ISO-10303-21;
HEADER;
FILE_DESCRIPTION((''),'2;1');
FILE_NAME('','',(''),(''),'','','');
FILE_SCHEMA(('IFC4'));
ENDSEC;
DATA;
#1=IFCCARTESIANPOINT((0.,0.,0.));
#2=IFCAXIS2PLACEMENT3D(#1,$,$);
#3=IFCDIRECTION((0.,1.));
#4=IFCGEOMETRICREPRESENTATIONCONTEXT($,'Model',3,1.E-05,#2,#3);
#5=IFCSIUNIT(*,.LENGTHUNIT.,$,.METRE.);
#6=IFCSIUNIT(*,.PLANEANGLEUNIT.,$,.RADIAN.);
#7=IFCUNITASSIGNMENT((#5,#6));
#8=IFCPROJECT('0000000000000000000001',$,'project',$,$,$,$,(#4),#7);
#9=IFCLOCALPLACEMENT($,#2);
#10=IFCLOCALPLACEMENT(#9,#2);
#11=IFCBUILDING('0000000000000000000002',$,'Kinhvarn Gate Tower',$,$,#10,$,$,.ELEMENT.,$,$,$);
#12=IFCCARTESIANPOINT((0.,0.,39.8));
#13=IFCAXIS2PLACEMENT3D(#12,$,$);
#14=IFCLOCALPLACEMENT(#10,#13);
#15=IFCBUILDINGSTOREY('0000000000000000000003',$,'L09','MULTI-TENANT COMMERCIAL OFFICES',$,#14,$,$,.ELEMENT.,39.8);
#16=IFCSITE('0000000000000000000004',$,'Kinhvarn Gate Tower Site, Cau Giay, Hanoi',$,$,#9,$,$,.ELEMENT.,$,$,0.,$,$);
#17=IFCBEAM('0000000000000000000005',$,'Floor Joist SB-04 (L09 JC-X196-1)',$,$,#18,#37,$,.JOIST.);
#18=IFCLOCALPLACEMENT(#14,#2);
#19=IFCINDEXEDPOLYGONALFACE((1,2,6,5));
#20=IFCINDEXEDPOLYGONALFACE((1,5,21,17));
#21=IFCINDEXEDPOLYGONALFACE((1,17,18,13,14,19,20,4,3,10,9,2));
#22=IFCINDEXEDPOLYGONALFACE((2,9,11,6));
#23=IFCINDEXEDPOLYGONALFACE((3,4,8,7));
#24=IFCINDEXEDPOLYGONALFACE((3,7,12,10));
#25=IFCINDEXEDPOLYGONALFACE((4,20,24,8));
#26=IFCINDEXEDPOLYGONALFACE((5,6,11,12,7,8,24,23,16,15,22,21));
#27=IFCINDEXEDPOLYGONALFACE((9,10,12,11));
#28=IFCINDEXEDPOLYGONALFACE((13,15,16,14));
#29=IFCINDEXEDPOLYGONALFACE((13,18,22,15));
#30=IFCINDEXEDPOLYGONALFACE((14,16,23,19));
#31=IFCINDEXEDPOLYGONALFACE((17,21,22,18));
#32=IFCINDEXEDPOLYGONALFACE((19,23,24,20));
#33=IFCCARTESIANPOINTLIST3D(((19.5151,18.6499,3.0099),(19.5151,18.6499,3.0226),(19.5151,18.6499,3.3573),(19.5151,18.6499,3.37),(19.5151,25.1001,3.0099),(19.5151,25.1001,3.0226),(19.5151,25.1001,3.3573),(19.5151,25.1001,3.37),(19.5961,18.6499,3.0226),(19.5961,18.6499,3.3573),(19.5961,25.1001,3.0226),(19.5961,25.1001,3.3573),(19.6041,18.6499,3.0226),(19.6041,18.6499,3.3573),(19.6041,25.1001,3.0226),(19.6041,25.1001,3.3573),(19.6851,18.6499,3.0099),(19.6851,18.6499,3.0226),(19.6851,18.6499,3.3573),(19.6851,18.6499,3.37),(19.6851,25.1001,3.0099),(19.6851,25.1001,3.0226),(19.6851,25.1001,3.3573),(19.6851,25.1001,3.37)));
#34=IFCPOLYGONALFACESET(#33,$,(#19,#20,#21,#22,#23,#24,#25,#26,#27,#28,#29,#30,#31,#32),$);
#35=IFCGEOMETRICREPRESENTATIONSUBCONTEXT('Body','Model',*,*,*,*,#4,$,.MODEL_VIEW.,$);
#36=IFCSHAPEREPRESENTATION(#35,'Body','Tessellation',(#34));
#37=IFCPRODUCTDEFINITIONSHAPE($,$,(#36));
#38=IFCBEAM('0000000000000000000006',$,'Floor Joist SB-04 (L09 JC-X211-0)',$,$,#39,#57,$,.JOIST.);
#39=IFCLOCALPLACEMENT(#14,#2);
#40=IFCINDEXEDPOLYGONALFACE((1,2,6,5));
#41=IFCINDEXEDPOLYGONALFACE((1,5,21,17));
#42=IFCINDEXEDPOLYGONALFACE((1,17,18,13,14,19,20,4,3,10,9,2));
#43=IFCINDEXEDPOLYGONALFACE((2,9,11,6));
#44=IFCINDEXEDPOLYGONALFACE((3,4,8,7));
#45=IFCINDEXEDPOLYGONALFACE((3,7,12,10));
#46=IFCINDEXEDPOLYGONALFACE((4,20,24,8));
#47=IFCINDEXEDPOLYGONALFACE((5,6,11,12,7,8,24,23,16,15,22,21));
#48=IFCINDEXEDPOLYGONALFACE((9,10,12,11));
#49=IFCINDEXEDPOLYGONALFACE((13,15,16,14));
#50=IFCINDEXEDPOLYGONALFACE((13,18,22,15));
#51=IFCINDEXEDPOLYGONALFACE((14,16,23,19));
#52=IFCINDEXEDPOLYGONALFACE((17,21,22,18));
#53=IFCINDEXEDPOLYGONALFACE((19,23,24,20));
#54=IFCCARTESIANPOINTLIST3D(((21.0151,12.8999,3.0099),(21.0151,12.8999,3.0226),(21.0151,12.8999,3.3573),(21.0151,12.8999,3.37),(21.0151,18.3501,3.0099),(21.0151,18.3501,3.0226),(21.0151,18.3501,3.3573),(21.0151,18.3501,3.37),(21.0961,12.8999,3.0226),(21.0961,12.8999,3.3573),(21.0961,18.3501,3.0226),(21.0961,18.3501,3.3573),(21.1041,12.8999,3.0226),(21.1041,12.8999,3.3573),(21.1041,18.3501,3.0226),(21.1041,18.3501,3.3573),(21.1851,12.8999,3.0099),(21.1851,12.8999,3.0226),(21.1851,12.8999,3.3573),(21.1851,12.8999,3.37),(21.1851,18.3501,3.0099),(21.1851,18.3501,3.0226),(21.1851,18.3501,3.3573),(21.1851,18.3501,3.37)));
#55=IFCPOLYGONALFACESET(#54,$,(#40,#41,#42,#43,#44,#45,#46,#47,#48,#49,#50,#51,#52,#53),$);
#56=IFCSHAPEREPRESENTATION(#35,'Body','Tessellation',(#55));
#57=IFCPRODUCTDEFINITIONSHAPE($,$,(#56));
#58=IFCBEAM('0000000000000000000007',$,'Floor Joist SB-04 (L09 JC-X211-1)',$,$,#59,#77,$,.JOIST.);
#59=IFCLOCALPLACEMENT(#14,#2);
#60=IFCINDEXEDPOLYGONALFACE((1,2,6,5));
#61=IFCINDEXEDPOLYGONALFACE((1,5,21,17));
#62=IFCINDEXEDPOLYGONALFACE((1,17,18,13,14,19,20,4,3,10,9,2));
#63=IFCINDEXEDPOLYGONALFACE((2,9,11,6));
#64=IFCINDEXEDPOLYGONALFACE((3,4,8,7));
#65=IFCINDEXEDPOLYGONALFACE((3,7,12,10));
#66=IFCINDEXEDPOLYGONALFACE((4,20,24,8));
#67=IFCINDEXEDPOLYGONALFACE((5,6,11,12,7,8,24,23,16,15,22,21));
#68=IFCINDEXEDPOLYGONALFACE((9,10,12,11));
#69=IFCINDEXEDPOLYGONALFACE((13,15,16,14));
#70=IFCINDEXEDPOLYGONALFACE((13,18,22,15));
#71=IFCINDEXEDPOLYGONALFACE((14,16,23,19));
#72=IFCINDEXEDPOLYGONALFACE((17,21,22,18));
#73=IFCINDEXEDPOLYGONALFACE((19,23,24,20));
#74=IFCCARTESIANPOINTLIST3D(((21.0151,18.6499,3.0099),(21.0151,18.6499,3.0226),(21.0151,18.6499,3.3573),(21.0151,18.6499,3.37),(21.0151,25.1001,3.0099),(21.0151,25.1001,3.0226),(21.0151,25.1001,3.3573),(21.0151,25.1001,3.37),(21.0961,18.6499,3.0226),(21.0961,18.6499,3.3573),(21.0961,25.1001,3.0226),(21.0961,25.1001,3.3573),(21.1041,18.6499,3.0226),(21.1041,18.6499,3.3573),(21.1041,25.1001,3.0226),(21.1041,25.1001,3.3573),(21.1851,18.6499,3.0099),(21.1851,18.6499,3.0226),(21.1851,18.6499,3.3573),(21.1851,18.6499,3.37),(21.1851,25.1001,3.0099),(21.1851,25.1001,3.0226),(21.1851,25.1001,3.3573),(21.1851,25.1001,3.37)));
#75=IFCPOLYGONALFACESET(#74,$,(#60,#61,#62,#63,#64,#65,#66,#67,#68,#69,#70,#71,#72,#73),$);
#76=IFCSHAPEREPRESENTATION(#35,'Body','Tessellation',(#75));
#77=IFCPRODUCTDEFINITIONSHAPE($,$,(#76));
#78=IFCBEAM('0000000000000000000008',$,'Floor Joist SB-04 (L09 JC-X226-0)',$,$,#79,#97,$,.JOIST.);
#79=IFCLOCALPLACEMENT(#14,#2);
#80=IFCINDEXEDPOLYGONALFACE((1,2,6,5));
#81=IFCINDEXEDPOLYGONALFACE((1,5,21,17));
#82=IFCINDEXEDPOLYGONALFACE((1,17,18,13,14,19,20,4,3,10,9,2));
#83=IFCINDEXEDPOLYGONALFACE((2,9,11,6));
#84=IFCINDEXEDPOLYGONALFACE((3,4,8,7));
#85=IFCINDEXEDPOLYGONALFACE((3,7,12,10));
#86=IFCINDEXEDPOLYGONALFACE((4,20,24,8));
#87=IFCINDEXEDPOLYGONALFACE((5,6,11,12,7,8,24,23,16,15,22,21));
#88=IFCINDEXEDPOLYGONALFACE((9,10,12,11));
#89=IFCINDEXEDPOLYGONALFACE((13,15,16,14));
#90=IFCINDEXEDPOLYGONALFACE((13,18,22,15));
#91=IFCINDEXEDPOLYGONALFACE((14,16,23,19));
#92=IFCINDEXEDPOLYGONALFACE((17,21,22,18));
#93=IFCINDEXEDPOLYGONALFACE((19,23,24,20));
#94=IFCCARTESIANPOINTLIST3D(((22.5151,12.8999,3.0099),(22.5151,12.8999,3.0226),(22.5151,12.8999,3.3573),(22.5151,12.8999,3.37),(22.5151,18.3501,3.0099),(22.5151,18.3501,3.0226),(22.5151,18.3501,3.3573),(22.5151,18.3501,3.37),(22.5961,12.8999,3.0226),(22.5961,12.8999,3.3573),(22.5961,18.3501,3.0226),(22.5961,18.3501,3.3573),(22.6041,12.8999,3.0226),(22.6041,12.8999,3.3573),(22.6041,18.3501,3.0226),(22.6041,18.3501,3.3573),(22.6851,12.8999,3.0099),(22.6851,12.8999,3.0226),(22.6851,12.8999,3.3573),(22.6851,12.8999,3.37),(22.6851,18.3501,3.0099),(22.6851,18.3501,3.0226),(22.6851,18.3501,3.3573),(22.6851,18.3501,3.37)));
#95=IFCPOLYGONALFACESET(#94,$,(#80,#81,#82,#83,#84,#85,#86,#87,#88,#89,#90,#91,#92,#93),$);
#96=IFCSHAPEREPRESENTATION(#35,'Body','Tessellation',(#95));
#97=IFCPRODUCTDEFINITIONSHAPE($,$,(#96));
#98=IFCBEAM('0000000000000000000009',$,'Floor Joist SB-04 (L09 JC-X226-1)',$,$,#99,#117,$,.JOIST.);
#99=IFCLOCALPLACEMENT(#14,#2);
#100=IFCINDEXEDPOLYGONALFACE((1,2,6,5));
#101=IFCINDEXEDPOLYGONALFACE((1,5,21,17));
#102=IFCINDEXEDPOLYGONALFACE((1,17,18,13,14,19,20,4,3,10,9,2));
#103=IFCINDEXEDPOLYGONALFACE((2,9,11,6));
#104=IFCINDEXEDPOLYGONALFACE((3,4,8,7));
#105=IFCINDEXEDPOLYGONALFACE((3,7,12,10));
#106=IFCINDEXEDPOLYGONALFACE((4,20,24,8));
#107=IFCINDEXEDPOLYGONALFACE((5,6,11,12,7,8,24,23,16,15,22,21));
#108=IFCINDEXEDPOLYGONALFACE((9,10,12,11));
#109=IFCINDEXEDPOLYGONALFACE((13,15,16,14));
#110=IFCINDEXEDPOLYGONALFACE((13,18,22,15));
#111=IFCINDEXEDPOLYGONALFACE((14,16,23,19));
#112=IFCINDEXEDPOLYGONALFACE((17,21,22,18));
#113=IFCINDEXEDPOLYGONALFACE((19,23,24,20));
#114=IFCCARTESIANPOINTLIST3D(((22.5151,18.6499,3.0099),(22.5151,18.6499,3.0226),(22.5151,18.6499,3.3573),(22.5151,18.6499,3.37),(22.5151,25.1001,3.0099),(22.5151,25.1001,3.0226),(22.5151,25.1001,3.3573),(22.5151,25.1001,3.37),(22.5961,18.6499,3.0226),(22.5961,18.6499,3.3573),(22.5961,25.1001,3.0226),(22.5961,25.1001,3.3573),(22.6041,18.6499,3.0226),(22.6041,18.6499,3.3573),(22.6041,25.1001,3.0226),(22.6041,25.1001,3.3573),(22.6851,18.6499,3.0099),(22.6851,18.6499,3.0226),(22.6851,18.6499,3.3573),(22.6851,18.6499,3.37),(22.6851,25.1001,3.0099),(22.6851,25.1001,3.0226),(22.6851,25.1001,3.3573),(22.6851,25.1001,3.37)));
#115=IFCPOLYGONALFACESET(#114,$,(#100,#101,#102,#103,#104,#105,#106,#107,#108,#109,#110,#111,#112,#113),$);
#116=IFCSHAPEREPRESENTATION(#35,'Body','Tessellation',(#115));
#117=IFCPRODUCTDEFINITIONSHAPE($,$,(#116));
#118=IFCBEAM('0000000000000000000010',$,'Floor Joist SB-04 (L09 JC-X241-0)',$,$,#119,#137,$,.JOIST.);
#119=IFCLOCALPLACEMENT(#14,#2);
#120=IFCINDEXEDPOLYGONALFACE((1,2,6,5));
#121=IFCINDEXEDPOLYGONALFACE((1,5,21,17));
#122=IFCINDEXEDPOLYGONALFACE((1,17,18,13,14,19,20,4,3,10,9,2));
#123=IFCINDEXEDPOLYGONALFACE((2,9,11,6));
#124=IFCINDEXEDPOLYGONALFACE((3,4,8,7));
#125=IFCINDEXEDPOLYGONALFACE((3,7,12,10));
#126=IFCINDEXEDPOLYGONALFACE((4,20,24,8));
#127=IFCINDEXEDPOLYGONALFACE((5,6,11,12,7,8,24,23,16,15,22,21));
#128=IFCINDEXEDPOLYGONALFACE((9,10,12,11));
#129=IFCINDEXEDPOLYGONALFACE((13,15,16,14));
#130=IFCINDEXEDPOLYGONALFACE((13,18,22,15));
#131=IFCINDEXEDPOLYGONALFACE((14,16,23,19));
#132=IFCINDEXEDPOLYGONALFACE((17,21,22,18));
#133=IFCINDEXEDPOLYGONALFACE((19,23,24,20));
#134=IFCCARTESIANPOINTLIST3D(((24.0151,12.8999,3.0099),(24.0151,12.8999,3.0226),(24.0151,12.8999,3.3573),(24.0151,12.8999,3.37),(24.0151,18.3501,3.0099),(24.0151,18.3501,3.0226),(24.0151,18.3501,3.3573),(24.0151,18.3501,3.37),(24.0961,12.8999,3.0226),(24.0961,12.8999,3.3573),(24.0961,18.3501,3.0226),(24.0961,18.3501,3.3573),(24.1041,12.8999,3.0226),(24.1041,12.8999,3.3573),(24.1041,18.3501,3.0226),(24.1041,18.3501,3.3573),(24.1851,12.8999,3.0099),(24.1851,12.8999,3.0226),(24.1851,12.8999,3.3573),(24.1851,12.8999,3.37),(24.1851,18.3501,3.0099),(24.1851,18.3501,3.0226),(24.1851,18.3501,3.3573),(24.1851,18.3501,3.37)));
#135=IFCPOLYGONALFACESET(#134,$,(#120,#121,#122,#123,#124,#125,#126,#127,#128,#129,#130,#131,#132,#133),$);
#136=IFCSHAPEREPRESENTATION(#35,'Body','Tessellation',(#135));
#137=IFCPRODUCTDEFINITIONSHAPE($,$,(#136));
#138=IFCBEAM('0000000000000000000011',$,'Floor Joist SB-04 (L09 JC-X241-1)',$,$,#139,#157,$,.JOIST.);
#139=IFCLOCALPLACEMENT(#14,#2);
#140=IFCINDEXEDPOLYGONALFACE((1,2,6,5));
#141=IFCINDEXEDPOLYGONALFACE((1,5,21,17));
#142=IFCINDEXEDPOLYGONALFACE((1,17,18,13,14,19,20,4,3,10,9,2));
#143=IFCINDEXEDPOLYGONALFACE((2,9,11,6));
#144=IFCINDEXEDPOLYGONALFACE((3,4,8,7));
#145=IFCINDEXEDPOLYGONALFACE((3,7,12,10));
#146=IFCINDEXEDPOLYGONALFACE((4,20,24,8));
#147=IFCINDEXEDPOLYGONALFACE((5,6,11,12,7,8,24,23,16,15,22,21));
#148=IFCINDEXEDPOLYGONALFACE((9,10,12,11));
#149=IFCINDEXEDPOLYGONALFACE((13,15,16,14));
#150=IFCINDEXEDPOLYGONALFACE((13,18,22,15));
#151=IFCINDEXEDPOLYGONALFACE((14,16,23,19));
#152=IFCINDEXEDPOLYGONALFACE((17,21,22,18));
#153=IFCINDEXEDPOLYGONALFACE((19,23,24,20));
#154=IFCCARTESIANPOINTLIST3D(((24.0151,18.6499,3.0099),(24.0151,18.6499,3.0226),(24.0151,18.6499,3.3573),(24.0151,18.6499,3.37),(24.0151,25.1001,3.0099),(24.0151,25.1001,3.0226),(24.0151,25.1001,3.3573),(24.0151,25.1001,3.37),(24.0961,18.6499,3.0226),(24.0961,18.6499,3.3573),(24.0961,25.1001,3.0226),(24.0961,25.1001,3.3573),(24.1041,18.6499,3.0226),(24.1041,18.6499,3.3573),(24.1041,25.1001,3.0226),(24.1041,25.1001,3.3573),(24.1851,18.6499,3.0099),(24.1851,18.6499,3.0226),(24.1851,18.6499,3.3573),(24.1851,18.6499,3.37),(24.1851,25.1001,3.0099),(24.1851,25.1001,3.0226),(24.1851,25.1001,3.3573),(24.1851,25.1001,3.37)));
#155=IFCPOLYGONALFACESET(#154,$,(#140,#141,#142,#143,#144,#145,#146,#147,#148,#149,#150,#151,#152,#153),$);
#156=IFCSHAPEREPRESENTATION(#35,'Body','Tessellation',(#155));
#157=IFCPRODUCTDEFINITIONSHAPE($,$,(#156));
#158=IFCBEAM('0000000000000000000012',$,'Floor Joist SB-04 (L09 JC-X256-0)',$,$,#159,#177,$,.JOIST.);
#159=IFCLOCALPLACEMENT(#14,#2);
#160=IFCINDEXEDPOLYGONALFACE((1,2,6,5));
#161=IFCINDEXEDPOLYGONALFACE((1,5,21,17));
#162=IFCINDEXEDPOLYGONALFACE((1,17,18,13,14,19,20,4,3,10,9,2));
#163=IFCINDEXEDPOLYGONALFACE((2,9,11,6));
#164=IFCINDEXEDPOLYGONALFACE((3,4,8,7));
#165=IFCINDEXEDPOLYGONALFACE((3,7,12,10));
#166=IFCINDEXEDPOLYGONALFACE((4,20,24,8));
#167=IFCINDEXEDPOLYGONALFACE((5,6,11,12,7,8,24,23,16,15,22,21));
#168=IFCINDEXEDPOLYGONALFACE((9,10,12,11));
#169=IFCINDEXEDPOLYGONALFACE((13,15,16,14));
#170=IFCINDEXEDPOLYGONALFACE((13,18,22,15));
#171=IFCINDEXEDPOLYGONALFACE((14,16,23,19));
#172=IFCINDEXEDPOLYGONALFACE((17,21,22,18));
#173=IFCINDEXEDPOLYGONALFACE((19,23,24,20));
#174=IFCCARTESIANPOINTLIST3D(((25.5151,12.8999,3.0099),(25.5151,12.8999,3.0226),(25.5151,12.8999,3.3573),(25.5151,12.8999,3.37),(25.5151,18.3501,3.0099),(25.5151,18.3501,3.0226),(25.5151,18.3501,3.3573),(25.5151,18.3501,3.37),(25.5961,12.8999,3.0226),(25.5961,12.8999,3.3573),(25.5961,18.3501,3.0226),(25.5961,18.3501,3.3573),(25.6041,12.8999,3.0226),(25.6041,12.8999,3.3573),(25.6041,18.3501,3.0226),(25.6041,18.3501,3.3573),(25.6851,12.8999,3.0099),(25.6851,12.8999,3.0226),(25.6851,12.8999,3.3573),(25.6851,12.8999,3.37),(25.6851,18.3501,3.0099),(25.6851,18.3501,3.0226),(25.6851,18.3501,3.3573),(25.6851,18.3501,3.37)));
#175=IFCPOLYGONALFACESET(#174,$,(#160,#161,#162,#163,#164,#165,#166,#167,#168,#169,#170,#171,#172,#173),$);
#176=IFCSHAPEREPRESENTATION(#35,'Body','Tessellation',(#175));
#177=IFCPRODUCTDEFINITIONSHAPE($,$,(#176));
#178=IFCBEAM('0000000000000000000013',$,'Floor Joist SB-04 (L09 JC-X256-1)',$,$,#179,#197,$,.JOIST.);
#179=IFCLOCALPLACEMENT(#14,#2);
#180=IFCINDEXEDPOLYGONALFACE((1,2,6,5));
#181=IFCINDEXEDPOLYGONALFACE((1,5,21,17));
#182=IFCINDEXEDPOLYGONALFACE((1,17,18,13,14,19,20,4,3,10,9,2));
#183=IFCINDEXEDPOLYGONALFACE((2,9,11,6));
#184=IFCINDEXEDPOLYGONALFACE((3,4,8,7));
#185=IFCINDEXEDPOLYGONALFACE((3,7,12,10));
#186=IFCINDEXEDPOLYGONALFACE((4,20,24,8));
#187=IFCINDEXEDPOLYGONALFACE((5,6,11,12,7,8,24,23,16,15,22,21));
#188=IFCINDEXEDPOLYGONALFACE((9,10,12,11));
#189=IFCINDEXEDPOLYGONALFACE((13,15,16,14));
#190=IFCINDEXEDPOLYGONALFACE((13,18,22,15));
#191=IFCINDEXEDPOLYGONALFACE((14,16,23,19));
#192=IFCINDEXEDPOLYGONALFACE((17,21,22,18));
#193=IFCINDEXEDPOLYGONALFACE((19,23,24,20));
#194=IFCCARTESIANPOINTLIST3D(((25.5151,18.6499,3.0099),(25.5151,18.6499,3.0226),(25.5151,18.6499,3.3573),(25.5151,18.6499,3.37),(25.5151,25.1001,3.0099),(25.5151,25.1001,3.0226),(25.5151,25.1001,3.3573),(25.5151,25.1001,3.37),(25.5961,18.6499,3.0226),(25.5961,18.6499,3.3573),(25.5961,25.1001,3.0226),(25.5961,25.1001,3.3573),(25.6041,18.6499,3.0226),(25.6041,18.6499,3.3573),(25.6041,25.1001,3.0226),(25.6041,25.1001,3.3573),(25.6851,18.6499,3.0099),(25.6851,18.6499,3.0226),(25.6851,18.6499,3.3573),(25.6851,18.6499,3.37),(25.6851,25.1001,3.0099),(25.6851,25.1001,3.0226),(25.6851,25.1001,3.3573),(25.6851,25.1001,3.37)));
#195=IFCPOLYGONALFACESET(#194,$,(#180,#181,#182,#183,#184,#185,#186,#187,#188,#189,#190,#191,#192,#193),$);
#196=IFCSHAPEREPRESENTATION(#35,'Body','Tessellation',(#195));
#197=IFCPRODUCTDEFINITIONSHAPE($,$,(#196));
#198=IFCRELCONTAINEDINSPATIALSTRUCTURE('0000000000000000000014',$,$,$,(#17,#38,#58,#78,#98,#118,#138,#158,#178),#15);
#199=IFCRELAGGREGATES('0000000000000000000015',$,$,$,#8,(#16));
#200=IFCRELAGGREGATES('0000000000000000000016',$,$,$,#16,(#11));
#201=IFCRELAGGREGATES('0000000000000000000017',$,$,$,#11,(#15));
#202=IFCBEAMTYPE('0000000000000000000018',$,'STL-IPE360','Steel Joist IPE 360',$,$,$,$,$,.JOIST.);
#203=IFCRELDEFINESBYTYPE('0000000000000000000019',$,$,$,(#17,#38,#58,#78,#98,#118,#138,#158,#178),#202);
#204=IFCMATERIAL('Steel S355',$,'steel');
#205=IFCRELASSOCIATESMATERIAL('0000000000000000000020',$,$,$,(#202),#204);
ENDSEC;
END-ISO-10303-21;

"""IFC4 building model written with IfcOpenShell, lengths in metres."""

from ifc_helpers import new_model, si_unit, direction, frame, origin, origin_2d, place, context, subcontext, project, spatial, i_section, extrude, material, material_profile, profile_set, type_object, element, save


model = new_model("IFC4")

# Units and contexts
model_context = context("Model", 3, precision=1e-05, world=origin(), true_north=direction((0.0, 1.0)))
body_context = subcontext(model_context, "Body", "Model", "MODEL_VIEW")
ifc_project = project(units=[si_unit("LENGTHUNIT", "METRE"), si_unit("PLANEANGLEUNIT", "RADIAN")], contexts=[model_context])

# Site, building, storey
site_placement = place(None, origin())
site = spatial("IfcSite", under=ifc_project, at=site_placement, Name="Kinhvarn Gate Tower Site, Cau Giay, Hanoi", CompositionType="ELEMENT", RefElevation=0.0)
building_placement = place(site_placement, origin())
building = spatial("IfcBuilding", under=site, at=building_placement, Name="Kinhvarn Gate Tower", CompositionType="ELEMENT")
storey_placement = place(building_placement, frame((0.0, 0.0, 39.8)))
storey = spatial("IfcBuildingStorey", under=building, at=storey_placement, Name="L09", Description="MULTI-TENANT COMMERCIAL OFFICES", CompositionType="ELEMENT", Elevation=39.8)

# Beams
ifc_material_1 = material(Name="Steel S355", Category="steel")
ifc_material_profile = material_profile(ifc_material_1, i_section(OverallWidth=0.1699, OverallDepth=0.3601, WebThickness=0.0081, FlangeThickness=0.0127, at=origin_2d()), Name="IPE 360")
ifc_profile_set = profile_set([ifc_material_profile], Name="Steel S355")
beam_type = type_object("IfcBeamType", Name="STL-IPE360", Description="Steel Joist IPE 360", PredefinedType="JOIST", material=ifc_profile_set)
beam_1_placement = place(storey_placement, frame((19.6001, 18.6499, 3.1899), z_axis=(0.0, 1.0, 0.0), x_axis=(-1.0, 0.0, 0.0)))
element("IfcBeam", 1, at=beam_1_placement, inside=storey, type_object=beam_type, Name="Floor Joist SB-04 (L09 JC-X196-1)", PredefinedType="JOIST", context=body_context, shape_type="SweptSolid", body=[
    extrude(i_section(OverallWidth=0.1699, OverallDepth=0.3601, WebThickness=0.0081, FlangeThickness=0.0127, at=origin_2d()), origin(), (0.0, 0.0, 1.0), 6.4502),
])
beam_2_placement = place(storey_placement, frame((21.1001, 12.8999, 3.1899), z_axis=(0.0, 1.0, 0.0), x_axis=(-1.0, 0.0, 0.0)))
element("IfcBeam", 2, at=beam_2_placement, inside=storey, type_object=beam_type, Name="Floor Joist SB-04 (L09 JC-X211-0)", PredefinedType="JOIST", context=body_context, shape_type="SweptSolid", body=[
    extrude(i_section(OverallWidth=0.1699, OverallDepth=0.3601, WebThickness=0.0081, FlangeThickness=0.0127, at=origin_2d()), origin(), (0.0, 0.0, 1.0), 5.4502),
])
beam_3_placement = place(storey_placement, frame((21.1001, 18.6499, 3.1899), z_axis=(0.0, 1.0, 0.0), x_axis=(-1.0, 0.0, 0.0)))
element("IfcBeam", 3, at=beam_3_placement, inside=storey, type_object=beam_type, Name="Floor Joist SB-04 (L09 JC-X211-1)", PredefinedType="JOIST", context=body_context, shape_type="SweptSolid", body=[
    extrude(i_section(OverallWidth=0.1699, OverallDepth=0.3601, WebThickness=0.0081, FlangeThickness=0.0127, at=origin_2d()), origin(), (0.0, 0.0, 1.0), 6.4502),
])
beam_4_placement = place(storey_placement, frame((22.6001, 12.8999, 3.1899), z_axis=(0.0, 1.0, 0.0), x_axis=(-1.0, 0.0, 0.0)))
element("IfcBeam", 4, at=beam_4_placement, inside=storey, type_object=beam_type, Name="Floor Joist SB-04 (L09 JC-X226-0)", PredefinedType="JOIST", context=body_context, shape_type="SweptSolid", body=[
    extrude(i_section(OverallWidth=0.1699, OverallDepth=0.3601, WebThickness=0.0081, FlangeThickness=0.0127, at=origin_2d()), origin(), (0.0, 0.0, 1.0), 5.4502),
])
beam_5_placement = place(storey_placement, frame((22.6001, 18.6499, 3.1899), z_axis=(0.0, 1.0, 0.0), x_axis=(-1.0, 0.0, 0.0)))
element("IfcBeam", 5, at=beam_5_placement, inside=storey, type_object=beam_type, Name="Floor Joist SB-04 (L09 JC-X226-1)", PredefinedType="JOIST", context=body_context, shape_type="SweptSolid", body=[
    extrude(i_section(OverallWidth=0.1699, OverallDepth=0.3601, WebThickness=0.0081, FlangeThickness=0.0127, at=origin_2d()), origin(), (0.0, 0.0, 1.0), 6.4502),
])
beam_6_placement = place(storey_placement, frame((24.1001, 12.8999, 3.1899), z_axis=(0.0, 1.0, 0.0), x_axis=(-1.0, 0.0, 0.0)))
element("IfcBeam", 6, at=beam_6_placement, inside=storey, type_object=beam_type, Name="Floor Joist SB-04 (L09 JC-X241-0)", PredefinedType="JOIST", context=body_context, shape_type="SweptSolid", body=[
    extrude(i_section(OverallWidth=0.1699, OverallDepth=0.3601, WebThickness=0.0081, FlangeThickness=0.0127, at=origin_2d()), origin(), (0.0, 0.0, 1.0), 5.4502),
])
beam_7_placement = place(storey_placement, frame((24.1001, 18.6499, 3.1899), z_axis=(0.0, 1.0, 0.0), x_axis=(-1.0, 0.0, 0.0)))
element("IfcBeam", 7, at=beam_7_placement, inside=storey, type_object=beam_type, Name="Floor Joist SB-04 (L09 JC-X241-1)", PredefinedType="JOIST", context=body_context, shape_type="SweptSolid", body=[
    extrude(i_section(OverallWidth=0.1699, OverallDepth=0.3601, WebThickness=0.0081, FlangeThickness=0.0127, at=origin_2d()), origin(), (0.0, 0.0, 1.0), 6.4502),
])
beam_8_placement = place(storey_placement, frame((25.6001, 12.8999, 3.1899), z_axis=(0.0, 1.0, 0.0), x_axis=(-1.0, 0.0, 0.0)))
element("IfcBeam", 8, at=beam_8_placement, inside=storey, type_object=beam_type, Name="Floor Joist SB-04 (L09 JC-X256-0)", PredefinedType="JOIST", context=body_context, shape_type="SweptSolid", body=[
    extrude(i_section(OverallWidth=0.1699, OverallDepth=0.3601, WebThickness=0.0081, FlangeThickness=0.0127, at=origin_2d()), origin(), (0.0, 0.0, 1.0), 5.4502),
])
beam_9_placement = place(storey_placement, frame((25.6001, 18.6499, 3.1899), z_axis=(0.0, 1.0, 0.0), x_axis=(-1.0, 0.0, 0.0)))
element("IfcBeam", 9, at=beam_9_placement, inside=storey, type_object=beam_type, Name="Floor Joist SB-04 (L09 JC-X256-1)", PredefinedType="JOIST", context=body_context, shape_type="SweptSolid", body=[
    extrude(i_section(OverallWidth=0.1699, OverallDepth=0.3601, WebThickness=0.0081, FlangeThickness=0.0127, at=origin_2d()), origin(), (0.0, 0.0, 1.0), 6.4502),
])

save(model, "model.ifc")
